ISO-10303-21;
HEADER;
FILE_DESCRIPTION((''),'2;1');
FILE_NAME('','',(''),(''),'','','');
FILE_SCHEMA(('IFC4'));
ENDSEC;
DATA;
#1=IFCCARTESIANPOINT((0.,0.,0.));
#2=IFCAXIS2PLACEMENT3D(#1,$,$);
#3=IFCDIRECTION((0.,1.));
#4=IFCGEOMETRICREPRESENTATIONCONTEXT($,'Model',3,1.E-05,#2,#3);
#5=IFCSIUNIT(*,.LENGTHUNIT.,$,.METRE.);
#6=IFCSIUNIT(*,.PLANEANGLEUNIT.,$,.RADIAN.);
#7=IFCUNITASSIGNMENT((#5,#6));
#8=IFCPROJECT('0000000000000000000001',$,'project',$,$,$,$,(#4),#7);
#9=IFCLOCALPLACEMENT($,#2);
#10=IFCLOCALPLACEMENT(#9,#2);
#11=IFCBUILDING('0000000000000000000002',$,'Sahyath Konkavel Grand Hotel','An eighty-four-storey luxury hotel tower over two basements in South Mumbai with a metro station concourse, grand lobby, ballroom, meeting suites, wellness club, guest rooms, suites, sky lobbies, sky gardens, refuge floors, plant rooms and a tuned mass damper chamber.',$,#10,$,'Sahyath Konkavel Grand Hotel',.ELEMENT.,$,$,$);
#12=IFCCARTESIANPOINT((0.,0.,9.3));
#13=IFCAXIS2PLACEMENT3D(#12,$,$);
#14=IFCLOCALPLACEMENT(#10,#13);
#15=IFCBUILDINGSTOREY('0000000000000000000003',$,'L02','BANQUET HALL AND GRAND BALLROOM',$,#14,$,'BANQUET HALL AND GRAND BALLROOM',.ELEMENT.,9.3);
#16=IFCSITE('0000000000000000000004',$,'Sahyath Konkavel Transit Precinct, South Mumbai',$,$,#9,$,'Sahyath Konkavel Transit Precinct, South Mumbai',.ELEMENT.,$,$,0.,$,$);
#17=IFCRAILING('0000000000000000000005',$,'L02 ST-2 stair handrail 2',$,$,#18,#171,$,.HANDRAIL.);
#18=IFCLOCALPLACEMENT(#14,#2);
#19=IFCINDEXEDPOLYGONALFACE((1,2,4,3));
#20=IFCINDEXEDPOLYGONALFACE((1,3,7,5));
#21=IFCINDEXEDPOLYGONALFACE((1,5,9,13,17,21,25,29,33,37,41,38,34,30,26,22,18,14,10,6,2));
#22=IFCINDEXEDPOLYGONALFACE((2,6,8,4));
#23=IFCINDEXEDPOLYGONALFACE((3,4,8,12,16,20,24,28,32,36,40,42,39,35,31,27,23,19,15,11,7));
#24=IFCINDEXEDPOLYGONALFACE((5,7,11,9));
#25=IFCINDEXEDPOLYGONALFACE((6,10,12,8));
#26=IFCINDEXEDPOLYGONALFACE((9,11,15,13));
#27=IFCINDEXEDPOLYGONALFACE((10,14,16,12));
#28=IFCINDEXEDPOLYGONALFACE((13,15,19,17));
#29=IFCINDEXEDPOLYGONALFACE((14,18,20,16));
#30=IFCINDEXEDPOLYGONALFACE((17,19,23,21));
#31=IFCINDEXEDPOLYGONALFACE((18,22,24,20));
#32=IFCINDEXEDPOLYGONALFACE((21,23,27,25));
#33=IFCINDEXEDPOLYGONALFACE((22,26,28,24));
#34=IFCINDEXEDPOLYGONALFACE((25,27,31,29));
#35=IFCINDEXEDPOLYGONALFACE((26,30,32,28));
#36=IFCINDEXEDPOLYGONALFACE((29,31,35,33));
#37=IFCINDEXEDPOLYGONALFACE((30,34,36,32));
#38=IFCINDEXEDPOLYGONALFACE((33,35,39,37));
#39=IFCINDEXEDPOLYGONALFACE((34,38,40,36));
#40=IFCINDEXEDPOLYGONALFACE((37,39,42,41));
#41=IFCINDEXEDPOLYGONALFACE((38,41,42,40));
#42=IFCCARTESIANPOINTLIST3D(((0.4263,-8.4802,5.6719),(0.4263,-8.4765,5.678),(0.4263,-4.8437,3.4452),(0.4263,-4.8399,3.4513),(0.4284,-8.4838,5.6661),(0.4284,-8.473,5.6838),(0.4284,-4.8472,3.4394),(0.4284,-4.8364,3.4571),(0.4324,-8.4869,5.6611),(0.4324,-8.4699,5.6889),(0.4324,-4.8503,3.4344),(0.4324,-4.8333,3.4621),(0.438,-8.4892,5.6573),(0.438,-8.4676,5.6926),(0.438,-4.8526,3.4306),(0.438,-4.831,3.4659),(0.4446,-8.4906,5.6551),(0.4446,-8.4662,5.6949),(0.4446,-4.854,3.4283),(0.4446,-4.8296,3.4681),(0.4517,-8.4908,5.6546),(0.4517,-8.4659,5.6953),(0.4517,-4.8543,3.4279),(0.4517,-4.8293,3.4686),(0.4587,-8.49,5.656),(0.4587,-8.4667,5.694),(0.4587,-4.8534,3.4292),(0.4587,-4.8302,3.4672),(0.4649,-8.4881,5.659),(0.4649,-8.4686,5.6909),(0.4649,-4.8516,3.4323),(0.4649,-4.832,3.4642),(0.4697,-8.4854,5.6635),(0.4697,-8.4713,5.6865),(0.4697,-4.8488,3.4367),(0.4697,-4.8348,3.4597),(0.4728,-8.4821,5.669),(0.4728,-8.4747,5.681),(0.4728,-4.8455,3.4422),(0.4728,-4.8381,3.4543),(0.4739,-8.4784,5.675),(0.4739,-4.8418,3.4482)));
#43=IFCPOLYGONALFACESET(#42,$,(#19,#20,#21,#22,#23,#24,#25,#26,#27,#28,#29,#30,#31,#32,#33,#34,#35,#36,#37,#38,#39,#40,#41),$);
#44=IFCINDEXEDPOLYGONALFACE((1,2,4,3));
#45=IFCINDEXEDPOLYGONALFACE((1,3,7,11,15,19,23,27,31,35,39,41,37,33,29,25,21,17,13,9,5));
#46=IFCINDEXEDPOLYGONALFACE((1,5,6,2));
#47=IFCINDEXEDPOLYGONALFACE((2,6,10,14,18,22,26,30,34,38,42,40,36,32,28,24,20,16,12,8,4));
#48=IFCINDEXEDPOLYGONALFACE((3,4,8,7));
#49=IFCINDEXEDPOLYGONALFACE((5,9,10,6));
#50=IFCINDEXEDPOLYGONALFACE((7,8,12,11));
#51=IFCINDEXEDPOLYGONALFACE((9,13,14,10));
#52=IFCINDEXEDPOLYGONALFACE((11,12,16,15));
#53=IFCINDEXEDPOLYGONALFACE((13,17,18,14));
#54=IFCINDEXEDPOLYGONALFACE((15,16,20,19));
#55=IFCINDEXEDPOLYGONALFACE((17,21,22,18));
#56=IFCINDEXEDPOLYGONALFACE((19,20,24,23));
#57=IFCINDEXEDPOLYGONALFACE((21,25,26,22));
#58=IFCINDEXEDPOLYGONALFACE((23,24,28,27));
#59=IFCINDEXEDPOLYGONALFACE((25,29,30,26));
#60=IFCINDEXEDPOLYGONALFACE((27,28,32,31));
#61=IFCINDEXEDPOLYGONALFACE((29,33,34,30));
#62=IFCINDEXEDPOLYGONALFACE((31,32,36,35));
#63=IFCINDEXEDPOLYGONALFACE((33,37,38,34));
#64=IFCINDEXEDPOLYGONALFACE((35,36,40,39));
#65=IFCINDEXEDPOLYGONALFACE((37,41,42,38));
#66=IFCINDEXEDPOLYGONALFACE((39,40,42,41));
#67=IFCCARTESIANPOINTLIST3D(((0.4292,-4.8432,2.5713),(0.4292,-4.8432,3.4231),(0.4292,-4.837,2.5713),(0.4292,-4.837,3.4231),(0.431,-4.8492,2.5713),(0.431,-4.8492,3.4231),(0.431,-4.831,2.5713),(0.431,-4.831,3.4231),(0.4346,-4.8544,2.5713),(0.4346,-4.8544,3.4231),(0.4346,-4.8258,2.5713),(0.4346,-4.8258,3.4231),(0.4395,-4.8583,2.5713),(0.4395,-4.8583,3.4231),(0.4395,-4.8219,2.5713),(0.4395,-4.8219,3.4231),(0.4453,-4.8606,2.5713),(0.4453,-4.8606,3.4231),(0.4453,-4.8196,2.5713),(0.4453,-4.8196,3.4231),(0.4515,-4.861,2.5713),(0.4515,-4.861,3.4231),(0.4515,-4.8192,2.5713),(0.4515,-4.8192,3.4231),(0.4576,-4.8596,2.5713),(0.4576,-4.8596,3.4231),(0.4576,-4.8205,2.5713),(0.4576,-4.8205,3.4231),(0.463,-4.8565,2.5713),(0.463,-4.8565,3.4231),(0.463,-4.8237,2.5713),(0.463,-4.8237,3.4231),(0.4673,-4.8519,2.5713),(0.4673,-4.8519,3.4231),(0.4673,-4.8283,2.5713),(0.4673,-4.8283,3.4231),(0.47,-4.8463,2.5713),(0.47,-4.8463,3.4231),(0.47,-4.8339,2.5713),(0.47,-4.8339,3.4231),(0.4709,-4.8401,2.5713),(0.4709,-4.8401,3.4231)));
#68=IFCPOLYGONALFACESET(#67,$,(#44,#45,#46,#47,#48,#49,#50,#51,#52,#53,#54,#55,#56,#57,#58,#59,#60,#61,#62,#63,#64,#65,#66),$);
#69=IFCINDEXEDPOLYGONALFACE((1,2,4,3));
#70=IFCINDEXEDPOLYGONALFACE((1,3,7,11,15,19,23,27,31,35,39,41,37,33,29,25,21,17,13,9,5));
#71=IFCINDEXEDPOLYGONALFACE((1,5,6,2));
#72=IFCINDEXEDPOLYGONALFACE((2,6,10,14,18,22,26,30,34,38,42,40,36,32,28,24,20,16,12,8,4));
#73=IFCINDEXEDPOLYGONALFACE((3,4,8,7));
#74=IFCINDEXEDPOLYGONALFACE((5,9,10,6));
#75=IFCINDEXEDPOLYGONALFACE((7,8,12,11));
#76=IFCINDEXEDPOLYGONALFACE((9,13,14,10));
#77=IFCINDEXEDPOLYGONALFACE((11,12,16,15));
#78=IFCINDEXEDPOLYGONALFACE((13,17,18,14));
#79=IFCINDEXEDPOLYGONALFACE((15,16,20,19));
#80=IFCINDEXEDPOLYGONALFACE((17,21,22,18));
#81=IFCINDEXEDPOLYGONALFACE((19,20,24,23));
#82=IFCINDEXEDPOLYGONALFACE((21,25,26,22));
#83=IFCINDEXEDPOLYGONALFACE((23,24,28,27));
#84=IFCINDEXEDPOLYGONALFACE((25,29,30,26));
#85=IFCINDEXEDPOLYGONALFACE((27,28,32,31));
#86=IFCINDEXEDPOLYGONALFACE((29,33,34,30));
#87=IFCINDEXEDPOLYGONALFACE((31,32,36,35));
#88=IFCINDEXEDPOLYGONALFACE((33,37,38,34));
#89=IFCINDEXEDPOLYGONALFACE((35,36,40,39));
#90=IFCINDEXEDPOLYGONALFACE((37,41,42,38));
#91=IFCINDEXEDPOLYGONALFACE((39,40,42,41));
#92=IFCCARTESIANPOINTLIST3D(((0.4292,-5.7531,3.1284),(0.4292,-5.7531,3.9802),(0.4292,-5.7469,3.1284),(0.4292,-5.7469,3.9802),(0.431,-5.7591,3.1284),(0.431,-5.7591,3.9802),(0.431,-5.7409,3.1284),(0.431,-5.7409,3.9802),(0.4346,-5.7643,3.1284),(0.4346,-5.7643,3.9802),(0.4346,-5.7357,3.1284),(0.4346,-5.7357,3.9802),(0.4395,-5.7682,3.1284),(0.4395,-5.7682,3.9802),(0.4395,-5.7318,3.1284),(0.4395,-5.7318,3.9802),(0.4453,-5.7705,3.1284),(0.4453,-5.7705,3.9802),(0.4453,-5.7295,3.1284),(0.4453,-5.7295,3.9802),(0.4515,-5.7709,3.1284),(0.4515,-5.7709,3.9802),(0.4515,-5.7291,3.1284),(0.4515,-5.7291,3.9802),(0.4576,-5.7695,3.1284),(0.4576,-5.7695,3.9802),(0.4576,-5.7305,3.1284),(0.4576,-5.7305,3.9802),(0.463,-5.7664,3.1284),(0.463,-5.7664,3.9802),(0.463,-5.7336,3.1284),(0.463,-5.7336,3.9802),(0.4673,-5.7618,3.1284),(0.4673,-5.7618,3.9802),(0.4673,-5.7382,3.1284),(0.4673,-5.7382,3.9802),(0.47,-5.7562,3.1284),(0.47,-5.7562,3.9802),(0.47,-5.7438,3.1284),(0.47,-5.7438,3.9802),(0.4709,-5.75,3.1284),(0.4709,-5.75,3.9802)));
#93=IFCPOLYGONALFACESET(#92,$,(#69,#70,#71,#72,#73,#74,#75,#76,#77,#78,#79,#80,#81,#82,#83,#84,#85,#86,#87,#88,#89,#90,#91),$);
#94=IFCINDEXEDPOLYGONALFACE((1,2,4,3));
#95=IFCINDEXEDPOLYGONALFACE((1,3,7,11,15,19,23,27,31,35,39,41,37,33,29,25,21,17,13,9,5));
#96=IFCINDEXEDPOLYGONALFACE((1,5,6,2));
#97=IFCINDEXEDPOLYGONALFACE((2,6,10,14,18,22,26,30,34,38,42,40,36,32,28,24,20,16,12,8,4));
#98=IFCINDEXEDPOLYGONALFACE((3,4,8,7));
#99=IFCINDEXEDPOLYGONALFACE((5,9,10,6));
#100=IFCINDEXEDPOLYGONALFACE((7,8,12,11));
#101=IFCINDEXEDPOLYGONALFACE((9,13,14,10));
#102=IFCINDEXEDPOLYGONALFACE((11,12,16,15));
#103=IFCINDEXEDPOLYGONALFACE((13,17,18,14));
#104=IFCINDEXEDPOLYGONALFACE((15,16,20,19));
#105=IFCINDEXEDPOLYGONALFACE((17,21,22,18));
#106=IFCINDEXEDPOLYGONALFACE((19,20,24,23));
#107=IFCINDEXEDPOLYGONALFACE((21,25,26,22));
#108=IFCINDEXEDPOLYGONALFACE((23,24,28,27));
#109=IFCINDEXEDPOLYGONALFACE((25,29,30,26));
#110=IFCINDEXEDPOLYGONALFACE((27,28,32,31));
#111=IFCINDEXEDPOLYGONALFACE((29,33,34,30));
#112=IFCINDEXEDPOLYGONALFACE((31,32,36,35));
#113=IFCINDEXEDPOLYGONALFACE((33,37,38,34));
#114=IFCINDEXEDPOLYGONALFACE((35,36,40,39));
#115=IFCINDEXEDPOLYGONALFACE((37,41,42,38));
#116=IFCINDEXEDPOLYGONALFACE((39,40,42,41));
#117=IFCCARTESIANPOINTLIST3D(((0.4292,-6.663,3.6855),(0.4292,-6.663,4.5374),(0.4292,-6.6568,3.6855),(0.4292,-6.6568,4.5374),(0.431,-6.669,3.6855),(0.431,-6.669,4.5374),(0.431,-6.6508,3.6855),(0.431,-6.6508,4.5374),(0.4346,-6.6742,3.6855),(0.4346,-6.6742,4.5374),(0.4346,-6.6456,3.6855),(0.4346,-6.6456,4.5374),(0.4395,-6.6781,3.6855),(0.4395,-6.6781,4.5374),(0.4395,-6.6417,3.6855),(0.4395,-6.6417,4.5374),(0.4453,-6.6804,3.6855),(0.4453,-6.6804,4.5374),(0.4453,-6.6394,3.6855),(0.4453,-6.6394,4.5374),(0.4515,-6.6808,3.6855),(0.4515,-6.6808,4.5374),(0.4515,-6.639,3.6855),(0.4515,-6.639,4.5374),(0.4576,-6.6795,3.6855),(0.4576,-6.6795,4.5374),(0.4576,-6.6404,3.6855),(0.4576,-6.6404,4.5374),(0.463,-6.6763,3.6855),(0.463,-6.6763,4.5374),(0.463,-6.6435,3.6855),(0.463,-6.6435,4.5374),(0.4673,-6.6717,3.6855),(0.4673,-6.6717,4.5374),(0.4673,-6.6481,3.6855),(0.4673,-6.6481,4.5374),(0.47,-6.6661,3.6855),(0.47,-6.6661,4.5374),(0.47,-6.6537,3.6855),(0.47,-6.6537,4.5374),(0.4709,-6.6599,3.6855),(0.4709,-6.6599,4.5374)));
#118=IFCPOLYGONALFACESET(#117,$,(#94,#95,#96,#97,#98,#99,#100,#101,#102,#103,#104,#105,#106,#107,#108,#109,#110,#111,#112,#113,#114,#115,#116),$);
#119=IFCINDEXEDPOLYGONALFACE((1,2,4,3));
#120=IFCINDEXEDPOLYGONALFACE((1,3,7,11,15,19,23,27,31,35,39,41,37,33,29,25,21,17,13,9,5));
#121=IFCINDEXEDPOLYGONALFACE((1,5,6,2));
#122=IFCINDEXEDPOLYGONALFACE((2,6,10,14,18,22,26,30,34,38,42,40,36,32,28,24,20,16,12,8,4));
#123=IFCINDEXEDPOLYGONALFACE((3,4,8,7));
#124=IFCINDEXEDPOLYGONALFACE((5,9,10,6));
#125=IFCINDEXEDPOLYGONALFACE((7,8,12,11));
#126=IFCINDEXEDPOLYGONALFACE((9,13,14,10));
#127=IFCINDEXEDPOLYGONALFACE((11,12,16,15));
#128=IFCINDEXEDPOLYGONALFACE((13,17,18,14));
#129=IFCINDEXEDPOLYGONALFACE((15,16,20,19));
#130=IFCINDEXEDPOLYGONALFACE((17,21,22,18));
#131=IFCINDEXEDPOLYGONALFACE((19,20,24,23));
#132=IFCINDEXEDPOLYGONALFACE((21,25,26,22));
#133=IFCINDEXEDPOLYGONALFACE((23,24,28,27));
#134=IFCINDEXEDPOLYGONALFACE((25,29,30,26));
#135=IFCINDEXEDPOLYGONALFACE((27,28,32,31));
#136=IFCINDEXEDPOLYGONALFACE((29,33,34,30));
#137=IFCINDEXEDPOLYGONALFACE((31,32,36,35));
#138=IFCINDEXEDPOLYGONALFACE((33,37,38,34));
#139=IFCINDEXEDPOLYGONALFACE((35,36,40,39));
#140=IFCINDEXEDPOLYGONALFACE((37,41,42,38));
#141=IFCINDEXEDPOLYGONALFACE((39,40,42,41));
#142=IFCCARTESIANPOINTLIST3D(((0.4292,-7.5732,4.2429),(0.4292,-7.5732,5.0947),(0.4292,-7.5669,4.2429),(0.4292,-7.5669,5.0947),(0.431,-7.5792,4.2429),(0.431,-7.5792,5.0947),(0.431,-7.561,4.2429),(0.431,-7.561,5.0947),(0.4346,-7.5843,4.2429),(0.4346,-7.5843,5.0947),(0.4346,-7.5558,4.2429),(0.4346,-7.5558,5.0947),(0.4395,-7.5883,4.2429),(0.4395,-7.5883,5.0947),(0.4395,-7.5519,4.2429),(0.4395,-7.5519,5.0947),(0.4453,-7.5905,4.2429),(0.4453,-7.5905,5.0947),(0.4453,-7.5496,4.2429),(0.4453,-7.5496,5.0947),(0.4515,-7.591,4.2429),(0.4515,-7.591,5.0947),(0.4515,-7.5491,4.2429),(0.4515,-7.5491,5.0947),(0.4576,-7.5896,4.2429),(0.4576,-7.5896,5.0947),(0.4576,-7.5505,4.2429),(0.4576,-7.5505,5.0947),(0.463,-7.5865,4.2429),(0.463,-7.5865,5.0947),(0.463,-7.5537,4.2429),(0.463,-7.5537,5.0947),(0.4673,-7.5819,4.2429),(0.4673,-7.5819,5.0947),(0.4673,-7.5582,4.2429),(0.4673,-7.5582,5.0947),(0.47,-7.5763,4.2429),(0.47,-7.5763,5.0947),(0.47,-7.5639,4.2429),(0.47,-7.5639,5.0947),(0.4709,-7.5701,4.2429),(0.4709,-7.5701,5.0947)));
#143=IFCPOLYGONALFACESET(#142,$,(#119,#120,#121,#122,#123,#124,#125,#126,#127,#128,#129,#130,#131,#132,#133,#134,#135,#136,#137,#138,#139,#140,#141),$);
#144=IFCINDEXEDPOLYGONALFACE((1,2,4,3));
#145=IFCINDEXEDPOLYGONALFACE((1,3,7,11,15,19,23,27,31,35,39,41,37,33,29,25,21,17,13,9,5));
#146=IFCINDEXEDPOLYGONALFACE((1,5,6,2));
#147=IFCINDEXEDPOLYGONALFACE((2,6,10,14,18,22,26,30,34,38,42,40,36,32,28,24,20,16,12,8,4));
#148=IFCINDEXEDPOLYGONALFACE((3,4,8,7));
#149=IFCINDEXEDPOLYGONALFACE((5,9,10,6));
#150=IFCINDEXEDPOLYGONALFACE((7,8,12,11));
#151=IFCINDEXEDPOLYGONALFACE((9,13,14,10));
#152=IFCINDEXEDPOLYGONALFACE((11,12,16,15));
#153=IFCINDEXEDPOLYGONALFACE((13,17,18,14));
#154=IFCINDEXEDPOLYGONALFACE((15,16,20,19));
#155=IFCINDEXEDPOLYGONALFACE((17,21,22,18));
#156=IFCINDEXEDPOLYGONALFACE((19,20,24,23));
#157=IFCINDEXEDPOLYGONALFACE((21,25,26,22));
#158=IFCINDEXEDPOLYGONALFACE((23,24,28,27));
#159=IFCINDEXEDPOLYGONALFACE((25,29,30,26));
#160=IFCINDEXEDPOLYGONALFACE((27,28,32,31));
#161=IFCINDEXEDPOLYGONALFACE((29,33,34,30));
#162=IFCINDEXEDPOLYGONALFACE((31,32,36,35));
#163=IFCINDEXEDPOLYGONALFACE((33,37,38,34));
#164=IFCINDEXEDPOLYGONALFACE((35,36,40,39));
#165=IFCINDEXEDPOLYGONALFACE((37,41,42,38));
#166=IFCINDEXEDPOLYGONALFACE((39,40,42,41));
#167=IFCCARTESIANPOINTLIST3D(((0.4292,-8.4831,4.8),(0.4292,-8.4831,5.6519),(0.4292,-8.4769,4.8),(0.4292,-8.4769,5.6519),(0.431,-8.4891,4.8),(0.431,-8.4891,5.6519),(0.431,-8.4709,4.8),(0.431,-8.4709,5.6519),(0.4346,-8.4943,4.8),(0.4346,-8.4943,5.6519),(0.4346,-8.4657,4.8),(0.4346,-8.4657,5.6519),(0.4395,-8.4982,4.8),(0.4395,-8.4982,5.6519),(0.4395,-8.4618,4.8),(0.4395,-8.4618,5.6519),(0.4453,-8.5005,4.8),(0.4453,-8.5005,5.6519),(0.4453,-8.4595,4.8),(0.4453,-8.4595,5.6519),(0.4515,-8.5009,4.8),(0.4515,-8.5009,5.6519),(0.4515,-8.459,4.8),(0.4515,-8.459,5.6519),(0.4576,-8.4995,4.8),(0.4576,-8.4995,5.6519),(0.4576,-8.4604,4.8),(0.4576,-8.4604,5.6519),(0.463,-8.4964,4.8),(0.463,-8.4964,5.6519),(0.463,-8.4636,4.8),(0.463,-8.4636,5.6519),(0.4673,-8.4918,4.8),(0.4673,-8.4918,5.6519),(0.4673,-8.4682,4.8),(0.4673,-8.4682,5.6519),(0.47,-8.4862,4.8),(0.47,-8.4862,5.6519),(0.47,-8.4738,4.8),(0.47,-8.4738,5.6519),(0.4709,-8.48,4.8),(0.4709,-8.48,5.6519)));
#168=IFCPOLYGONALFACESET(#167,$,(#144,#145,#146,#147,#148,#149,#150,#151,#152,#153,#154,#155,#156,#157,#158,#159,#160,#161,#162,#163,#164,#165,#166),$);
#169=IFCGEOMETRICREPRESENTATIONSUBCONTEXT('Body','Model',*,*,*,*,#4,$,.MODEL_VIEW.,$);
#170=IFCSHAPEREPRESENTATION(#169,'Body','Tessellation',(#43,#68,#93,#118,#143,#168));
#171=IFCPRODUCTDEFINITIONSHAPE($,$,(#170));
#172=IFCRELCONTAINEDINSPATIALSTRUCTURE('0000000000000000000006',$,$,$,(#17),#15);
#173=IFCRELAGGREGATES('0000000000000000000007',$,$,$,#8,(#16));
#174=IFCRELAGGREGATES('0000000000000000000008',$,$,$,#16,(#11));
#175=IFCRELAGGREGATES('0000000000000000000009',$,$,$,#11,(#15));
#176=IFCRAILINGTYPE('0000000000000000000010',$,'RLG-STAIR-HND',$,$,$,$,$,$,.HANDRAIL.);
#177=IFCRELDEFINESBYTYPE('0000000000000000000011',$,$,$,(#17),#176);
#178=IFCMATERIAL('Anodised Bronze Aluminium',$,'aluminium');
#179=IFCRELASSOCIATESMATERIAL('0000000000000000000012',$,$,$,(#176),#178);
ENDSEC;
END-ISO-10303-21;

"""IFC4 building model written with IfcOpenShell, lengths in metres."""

from ifc_helpers import new_model, si_unit, direction, frame, origin, origin_2d, place, context, subcontext, project, spatial, circle, extrude, material, type_object, element, save


model = new_model("IFC4")

# Units and contexts
model_context = context("Model", 3, precision=1e-05, world=origin(), true_north=direction((0.0, 1.0)))
body_context = subcontext(model_context, "Body", "Model", "MODEL_VIEW")
ifc_project = project(units=[si_unit("LENGTHUNIT", "METRE"), si_unit("PLANEANGLEUNIT", "RADIAN")], contexts=[model_context])

# Site, building, storey
site_placement = place(None, origin())
site = spatial("IfcSite", under=ifc_project, at=site_placement, Name="Sahyath Konkavel Transit Precinct, South Mumbai", LongName="Sahyath Konkavel Transit Precinct, South Mumbai", CompositionType="ELEMENT", RefElevation=0.0)
building_placement = place(site_placement, origin())
building = spatial("IfcBuilding", under=site, at=building_placement, Name="Sahyath Konkavel Grand Hotel", Description="An eighty-four-storey luxury hotel tower over two basements in South Mumbai with a metro station concourse, grand lobby, ballroom, meeting suites, wellness club, guest rooms, suites, sky lobbies, sky gardens, refuge floors, plant rooms and a tuned mass damper chamber.", LongName="Sahyath Konkavel Grand Hotel", CompositionType="ELEMENT")
storey_placement = place(building_placement, frame((0.0, 0.0, 9.3)))
storey = spatial("IfcBuildingStorey", under=building, at=storey_placement, Name="L02", Description="BANQUET HALL AND GRAND BALLROOM", LongName="BANQUET HALL AND GRAND BALLROOM", CompositionType="ELEMENT", Elevation=9.3)

# Railing
ifc_material_1 = material(Name="Anodised Bronze Aluminium", Category="aluminium")
railing_type_1 = type_object("IfcRailingType", Name="RLG-STAIR-HND", PredefinedType="HANDRAIL", material=ifc_material_1)
railing_1_placement = place(storey_placement, frame((0.45, -4.8401, 2.5713)))
element("IfcRailing", 1, at=railing_1_placement, inside=storey, type_object=railing_type_1, Name="L02 ST-2 stair handrail 2", PredefinedType="HANDRAIL", context=body_context, shape_type="SweptSolid", body=[
    extrude(circle(Radius=0.0239, at=origin_2d()), frame((0.0, -0.0017, 0.877), z_axis=(0.0, -0.852825, 0.522197), x_axis=(1.0, 0.0, 0.0)), (0.0, 0.0, 1.0), 4.2642),
    extrude(circle(Radius=0.021, at=origin_2d()), origin(), (0.0, 0.0, 1.0), 0.8518),
    extrude(circle(Radius=0.021, at=origin_2d()), frame((0.0, -0.9099, 0.5571)), (0.0, 0.0, 1.0), 0.8518),
    extrude(circle(Radius=0.021, at=origin_2d()), frame((0.0, -1.8198, 1.1143)), (0.0, 0.0, 1.0), 0.8518),
    extrude(circle(Radius=0.021, at=origin_2d()), frame((0.0, -2.73, 1.6716)), (0.0, 0.0, 1.0), 0.8518),
    extrude(circle(Radius=0.021, at=origin_2d()), frame((0.0, -3.6399, 2.2288)), (0.0, 0.0, 1.0), 0.8518),
])

save(model, "model.ifc")
